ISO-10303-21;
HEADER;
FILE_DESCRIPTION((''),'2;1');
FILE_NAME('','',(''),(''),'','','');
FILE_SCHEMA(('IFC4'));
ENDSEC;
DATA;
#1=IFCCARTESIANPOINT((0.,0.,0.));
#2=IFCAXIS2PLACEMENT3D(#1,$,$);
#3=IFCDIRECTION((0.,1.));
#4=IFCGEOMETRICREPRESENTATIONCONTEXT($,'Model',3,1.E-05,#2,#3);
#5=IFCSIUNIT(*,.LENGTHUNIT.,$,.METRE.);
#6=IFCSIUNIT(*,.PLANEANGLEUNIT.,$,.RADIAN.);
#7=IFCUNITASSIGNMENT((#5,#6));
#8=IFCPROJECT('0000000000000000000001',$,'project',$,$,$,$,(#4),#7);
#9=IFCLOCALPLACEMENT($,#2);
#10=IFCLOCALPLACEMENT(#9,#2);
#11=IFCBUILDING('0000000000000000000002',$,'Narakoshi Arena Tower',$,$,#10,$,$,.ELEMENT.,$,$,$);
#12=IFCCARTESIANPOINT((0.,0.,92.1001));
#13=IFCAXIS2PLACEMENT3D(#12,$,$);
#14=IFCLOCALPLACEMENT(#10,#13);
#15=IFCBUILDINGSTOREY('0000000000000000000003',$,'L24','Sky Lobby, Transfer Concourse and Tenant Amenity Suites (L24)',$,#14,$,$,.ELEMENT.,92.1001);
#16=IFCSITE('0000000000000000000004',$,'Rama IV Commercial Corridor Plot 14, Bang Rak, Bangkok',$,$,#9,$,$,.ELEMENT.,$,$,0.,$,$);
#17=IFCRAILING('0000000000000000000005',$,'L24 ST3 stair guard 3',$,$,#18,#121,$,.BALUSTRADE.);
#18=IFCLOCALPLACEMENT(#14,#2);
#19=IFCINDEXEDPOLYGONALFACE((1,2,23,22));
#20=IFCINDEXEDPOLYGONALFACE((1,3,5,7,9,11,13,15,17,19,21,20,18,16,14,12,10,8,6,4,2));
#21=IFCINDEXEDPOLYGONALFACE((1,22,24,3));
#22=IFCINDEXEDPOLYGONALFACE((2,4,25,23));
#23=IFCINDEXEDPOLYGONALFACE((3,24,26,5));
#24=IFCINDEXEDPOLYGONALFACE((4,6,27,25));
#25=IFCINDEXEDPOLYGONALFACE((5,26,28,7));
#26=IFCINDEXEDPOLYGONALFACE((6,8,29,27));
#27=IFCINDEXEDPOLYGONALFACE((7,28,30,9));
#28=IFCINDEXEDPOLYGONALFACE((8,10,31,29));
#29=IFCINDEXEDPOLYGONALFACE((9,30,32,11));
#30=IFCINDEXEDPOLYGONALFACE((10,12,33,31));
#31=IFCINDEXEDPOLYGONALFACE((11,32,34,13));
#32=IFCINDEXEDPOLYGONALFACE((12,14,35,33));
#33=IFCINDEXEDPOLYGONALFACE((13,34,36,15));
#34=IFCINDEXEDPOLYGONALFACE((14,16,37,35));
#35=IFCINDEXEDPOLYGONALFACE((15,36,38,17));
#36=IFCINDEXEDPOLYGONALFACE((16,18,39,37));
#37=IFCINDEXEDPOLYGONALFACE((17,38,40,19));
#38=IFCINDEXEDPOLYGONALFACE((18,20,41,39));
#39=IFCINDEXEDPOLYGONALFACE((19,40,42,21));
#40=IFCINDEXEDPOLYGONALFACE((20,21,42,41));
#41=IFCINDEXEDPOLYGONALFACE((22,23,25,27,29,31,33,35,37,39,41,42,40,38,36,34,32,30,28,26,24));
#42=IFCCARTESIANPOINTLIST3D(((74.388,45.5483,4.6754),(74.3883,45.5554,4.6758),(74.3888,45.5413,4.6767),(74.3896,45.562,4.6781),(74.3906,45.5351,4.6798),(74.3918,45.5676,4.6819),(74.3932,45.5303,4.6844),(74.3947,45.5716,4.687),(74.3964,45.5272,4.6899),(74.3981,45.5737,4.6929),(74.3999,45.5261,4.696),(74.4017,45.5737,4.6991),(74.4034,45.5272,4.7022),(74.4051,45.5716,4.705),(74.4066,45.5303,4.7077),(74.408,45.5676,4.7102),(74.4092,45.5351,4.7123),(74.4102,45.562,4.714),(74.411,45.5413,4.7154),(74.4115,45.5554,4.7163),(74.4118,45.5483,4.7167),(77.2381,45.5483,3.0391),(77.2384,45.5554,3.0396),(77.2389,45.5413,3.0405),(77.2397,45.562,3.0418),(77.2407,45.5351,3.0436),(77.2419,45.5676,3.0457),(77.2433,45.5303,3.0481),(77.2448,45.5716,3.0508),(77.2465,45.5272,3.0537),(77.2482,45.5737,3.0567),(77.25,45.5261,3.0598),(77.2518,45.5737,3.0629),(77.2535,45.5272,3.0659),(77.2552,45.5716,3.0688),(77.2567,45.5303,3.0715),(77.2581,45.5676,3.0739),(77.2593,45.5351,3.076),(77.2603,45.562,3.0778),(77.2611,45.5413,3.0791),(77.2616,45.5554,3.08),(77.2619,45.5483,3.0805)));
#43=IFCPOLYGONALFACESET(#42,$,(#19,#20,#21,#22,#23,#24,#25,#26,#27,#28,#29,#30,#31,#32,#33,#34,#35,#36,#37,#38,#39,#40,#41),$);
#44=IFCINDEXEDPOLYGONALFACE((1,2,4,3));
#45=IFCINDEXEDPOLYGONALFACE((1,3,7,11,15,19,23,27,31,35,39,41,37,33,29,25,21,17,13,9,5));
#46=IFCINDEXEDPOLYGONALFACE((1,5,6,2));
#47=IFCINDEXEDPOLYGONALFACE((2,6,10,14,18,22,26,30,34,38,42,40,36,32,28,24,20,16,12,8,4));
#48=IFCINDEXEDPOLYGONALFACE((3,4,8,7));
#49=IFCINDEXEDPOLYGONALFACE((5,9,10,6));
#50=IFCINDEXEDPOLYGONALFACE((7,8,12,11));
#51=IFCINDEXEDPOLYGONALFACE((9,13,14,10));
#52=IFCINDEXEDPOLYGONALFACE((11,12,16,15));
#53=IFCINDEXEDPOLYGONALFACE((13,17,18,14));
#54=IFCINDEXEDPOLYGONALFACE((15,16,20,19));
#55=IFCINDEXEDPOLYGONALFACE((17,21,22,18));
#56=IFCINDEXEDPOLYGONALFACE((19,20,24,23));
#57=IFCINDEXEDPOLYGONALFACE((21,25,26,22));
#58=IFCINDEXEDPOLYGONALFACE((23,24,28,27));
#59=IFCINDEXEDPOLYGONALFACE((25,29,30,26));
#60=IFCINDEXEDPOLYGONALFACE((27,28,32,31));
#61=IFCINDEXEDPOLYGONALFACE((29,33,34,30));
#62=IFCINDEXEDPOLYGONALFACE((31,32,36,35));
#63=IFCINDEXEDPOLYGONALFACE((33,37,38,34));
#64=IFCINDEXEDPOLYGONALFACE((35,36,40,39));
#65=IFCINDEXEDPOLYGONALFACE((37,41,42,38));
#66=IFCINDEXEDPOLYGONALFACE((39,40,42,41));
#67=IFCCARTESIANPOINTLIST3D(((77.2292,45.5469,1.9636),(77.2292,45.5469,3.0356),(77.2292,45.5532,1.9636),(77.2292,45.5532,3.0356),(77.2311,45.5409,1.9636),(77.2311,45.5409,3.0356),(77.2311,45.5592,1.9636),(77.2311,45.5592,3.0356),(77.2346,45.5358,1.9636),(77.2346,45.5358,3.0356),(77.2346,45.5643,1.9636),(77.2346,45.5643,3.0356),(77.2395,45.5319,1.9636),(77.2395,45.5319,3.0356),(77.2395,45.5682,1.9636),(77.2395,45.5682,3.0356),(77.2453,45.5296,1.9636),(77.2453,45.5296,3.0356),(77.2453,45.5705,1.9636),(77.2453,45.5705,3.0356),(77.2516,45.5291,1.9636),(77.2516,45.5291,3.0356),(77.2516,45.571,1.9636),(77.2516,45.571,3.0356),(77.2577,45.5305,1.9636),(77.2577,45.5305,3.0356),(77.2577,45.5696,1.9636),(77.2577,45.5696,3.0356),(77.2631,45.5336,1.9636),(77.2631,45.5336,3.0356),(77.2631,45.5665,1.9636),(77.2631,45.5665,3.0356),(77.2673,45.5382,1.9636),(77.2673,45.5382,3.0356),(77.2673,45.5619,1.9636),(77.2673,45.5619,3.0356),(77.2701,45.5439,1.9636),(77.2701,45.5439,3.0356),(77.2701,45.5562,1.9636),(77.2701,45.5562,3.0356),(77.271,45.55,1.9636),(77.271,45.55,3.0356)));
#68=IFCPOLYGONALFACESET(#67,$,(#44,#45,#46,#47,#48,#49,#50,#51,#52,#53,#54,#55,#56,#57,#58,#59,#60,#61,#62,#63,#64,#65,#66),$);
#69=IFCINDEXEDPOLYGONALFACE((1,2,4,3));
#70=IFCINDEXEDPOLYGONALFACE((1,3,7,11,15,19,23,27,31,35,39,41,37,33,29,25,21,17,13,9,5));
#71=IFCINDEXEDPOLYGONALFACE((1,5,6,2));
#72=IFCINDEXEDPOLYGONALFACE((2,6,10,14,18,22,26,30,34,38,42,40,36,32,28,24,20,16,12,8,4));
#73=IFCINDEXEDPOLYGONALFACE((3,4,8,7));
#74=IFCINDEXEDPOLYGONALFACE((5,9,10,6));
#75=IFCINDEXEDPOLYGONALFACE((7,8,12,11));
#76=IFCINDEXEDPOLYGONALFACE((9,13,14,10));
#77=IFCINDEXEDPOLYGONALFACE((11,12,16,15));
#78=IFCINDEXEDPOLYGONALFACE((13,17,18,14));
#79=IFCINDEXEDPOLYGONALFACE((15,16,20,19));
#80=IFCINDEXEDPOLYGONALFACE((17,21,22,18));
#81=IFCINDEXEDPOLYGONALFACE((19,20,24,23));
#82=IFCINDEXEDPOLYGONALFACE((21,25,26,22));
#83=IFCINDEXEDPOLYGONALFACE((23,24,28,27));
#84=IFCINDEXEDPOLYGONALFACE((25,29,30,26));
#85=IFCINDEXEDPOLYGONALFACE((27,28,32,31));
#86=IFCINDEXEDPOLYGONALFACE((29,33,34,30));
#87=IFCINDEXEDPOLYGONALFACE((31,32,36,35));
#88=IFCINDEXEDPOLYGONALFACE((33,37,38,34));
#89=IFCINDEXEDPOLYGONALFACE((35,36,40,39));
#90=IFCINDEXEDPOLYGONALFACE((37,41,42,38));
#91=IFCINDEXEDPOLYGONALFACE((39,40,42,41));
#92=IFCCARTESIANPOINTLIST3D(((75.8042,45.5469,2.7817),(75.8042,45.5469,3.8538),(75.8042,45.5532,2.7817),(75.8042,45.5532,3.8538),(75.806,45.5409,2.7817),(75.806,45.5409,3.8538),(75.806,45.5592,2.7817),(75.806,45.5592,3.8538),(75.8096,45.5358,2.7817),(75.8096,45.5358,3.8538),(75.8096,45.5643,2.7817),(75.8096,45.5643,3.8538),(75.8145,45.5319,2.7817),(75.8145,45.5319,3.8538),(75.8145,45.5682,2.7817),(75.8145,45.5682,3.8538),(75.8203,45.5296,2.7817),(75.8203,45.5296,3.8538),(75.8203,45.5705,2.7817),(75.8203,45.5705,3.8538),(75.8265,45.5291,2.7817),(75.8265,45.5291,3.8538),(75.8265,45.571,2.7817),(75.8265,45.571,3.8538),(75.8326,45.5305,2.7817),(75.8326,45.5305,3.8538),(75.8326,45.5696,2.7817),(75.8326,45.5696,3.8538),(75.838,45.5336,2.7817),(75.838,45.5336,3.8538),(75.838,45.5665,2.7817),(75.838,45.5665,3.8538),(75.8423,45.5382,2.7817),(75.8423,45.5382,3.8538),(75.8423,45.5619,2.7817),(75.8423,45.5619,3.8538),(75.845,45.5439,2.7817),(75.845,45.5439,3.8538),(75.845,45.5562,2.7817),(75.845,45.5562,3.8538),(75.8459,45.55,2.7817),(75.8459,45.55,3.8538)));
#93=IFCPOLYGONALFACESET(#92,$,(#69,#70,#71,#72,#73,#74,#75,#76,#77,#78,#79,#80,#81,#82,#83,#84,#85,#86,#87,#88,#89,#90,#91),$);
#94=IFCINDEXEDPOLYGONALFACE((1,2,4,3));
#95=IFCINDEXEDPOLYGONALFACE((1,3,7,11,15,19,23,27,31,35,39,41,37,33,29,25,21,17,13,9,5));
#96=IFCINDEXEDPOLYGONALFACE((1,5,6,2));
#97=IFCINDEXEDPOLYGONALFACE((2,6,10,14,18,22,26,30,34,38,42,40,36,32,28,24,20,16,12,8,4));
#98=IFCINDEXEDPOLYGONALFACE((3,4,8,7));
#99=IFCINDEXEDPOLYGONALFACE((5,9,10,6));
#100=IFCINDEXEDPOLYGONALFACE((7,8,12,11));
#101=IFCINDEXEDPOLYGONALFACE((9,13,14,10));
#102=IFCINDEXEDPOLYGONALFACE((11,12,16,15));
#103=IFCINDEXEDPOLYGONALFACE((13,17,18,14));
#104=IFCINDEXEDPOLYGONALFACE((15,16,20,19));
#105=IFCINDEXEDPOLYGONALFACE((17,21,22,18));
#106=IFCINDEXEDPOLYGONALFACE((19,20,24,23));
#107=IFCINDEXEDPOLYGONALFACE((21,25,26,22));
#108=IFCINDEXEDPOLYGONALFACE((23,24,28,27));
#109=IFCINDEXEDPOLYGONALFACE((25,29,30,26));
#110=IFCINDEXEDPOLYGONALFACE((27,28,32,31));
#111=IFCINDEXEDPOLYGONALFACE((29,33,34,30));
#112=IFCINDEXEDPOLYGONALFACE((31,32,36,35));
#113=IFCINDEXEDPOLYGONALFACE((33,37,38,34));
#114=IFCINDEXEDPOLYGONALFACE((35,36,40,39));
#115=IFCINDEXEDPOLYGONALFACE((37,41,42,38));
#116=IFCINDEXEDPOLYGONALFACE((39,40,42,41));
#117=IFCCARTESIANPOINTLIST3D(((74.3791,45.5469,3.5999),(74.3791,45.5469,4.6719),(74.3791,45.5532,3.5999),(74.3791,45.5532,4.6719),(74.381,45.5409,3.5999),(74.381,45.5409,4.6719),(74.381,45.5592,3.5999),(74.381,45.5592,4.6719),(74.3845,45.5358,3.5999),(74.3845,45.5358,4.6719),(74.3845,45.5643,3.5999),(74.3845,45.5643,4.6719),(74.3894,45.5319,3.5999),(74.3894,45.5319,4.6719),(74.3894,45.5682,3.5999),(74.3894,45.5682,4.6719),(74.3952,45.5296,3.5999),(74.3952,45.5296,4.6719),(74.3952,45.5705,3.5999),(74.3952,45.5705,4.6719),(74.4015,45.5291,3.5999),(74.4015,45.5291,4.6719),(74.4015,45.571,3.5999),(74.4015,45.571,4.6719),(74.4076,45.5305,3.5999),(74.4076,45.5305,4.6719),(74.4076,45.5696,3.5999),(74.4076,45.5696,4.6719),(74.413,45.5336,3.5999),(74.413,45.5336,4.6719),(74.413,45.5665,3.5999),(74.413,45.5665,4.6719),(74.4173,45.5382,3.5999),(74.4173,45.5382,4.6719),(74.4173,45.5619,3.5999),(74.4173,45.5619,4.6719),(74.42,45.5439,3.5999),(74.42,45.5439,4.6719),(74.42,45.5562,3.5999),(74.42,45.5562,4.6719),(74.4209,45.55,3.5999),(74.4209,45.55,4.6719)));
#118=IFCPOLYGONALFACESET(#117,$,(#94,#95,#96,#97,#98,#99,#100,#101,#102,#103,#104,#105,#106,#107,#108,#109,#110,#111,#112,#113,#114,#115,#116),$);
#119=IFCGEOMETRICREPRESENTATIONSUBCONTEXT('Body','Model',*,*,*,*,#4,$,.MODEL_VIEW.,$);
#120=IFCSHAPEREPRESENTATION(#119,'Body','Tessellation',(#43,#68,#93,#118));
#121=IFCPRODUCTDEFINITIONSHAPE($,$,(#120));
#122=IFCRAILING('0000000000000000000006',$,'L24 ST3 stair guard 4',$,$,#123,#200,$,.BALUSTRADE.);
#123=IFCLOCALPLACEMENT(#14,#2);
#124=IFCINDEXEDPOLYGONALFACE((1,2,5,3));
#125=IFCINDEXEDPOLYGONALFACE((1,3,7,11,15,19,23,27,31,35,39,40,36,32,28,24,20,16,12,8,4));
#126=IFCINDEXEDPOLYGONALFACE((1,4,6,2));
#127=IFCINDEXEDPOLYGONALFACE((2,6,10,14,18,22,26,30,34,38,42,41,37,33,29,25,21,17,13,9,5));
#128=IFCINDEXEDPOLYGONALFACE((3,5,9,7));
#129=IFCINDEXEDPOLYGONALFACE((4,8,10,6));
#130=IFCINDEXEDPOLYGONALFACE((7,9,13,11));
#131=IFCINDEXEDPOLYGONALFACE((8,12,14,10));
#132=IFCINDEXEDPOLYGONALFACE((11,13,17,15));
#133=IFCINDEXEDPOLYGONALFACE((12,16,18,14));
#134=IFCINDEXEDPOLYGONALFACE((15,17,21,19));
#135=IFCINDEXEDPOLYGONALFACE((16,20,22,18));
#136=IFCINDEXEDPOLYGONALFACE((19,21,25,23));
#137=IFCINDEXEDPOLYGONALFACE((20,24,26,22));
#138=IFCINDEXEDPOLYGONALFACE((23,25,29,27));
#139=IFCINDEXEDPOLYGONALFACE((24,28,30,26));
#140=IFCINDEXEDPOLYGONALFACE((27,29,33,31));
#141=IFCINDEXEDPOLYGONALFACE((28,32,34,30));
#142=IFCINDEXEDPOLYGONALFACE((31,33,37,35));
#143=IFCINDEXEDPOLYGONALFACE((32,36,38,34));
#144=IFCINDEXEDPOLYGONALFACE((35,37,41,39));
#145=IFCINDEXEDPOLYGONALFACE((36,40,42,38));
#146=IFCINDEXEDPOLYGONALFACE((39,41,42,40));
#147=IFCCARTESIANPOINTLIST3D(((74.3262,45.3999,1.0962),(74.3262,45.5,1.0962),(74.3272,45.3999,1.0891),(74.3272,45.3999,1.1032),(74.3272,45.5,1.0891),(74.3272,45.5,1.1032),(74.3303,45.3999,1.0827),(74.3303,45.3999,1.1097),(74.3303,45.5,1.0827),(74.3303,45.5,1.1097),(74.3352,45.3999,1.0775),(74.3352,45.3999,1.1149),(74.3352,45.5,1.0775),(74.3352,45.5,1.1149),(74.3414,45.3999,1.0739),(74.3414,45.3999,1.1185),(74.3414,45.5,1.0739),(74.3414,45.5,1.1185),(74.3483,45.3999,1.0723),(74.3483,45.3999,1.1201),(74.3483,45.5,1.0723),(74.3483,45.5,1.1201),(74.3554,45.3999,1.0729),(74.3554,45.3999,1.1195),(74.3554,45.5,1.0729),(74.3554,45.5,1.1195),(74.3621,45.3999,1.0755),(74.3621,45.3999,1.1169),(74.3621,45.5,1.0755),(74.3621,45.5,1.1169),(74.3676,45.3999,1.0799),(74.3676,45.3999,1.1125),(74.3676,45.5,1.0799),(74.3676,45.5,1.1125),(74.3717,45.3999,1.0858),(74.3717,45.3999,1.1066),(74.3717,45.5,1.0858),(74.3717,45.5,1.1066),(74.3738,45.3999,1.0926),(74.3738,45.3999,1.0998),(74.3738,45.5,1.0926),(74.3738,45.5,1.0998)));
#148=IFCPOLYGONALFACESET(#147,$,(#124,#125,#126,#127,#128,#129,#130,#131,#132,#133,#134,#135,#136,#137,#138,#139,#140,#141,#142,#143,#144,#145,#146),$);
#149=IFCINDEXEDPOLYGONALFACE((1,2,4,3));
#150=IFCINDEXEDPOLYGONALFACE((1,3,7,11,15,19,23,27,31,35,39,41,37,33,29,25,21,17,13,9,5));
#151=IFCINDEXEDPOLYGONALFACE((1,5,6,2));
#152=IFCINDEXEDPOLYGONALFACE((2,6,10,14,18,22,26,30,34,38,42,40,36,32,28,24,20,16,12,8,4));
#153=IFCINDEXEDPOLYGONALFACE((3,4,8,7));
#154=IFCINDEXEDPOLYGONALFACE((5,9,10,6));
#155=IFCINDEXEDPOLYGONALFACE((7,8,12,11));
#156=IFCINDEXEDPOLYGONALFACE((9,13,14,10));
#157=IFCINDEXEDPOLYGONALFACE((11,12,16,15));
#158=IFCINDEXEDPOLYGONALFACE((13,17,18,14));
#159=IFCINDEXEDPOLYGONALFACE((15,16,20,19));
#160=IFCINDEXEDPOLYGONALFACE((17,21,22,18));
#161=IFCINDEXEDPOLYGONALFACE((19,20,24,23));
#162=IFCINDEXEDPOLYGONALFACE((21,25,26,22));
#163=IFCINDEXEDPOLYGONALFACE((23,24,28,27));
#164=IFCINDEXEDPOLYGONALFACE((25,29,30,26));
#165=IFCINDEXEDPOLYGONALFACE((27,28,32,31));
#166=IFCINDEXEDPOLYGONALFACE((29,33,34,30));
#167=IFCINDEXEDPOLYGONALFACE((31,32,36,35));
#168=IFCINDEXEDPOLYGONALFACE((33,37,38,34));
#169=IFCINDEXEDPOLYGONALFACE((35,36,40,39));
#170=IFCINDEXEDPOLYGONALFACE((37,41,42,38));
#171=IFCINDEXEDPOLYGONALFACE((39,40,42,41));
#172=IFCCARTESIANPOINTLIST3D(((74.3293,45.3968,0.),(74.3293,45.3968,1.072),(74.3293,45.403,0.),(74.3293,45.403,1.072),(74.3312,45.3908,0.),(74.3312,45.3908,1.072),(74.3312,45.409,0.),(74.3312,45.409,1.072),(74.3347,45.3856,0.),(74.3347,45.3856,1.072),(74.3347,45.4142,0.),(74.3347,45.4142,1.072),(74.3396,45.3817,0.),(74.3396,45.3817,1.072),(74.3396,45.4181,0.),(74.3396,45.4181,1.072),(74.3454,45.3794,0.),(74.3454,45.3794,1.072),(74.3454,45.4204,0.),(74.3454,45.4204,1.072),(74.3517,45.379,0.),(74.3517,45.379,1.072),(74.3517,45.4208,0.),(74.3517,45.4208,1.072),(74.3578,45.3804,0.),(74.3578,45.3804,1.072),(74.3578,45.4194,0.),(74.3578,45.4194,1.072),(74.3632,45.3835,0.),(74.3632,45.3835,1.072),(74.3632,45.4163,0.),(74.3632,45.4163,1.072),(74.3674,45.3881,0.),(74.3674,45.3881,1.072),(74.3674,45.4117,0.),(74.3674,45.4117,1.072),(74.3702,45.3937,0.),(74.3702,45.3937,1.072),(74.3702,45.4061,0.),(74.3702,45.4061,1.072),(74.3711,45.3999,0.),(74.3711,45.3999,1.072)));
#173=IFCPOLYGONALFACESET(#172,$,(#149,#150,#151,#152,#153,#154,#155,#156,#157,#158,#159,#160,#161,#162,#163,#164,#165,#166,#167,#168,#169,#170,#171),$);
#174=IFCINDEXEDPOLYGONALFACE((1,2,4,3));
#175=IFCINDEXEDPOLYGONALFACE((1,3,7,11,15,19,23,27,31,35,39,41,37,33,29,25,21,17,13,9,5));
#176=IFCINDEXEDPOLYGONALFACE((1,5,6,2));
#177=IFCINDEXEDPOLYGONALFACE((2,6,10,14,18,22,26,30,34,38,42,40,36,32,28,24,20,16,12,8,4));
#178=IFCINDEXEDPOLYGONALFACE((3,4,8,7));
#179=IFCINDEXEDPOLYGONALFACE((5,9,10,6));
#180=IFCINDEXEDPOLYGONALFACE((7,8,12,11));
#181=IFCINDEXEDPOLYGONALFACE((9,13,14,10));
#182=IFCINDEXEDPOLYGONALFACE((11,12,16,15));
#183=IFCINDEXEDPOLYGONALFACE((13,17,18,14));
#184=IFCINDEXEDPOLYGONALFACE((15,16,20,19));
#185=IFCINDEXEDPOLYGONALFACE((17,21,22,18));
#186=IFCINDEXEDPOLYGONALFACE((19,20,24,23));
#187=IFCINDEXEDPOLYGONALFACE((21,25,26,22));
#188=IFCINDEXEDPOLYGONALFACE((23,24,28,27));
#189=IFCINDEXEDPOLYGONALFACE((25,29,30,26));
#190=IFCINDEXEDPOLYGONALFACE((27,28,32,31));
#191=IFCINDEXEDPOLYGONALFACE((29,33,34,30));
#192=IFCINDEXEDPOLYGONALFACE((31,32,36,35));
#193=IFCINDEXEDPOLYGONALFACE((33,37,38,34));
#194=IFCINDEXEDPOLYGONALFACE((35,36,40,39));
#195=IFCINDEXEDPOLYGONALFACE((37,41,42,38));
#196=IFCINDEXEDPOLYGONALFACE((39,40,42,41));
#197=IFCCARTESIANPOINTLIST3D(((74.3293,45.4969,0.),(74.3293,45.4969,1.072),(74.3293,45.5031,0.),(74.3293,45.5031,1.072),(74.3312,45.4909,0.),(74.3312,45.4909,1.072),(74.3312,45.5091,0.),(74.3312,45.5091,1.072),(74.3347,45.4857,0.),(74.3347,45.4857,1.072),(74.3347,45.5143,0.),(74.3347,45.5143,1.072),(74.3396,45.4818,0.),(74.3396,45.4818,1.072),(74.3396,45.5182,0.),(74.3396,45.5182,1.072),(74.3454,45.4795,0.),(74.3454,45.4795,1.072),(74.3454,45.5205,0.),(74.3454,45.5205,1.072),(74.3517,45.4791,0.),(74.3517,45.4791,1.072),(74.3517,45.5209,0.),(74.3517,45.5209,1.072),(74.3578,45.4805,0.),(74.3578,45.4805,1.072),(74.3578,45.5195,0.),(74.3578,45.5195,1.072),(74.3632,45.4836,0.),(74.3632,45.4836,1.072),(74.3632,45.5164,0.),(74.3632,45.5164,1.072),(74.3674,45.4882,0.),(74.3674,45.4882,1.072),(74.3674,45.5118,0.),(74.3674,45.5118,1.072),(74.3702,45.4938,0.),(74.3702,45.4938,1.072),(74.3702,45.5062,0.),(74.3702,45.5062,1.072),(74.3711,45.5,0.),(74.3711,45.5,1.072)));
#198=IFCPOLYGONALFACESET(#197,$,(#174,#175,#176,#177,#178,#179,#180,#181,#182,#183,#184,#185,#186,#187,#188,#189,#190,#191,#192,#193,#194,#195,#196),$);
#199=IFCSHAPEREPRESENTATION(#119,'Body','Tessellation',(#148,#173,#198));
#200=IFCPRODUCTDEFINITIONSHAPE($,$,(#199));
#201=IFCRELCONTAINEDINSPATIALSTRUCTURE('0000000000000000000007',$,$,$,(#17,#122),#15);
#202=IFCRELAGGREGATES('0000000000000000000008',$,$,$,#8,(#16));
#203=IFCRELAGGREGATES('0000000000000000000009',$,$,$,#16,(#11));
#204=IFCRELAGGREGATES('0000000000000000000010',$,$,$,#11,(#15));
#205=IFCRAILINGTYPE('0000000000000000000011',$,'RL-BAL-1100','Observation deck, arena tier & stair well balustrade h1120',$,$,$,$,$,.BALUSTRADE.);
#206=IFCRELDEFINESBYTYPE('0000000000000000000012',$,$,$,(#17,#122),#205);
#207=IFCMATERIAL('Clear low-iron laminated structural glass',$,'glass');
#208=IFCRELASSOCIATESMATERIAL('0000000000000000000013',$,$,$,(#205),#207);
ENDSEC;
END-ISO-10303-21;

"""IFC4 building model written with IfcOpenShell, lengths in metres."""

from ifc_helpers import new_model, si_unit, direction, frame, origin, origin_2d, place, context, subcontext, project, spatial, circle, extrude, material, type_object, element, save


model = new_model("IFC4")

# Units and contexts
model_context = context("Model", 3, precision=1e-05, world=origin(), true_north=direction((0.0, 1.0)))
body_context = subcontext(model_context, "Body", "Model", "MODEL_VIEW")
ifc_project = project(units=[si_unit("LENGTHUNIT", "METRE"), si_unit("PLANEANGLEUNIT", "RADIAN")], contexts=[model_context])

# Site, building, storey
site_placement = place(None, origin())
site = spatial("IfcSite", under=ifc_project, at=site_placement, Name="Rama IV Commercial Corridor Plot 14, Bang Rak, Bangkok", CompositionType="ELEMENT", RefElevation=0.0)
building_placement = place(site_placement, origin())
building = spatial("IfcBuilding", under=site, at=building_placement, Name="Narakoshi Arena Tower", CompositionType="ELEMENT")
storey_placement = place(building_placement, frame((0.0, 0.0, 92.1001)))
storey = spatial("IfcBuildingStorey", under=building, at=storey_placement, Name="L24", Description="Sky Lobby, Transfer Concourse and Tenant Amenity Suites (L24)", CompositionType="ELEMENT", Elevation=92.1001)

# Railings
ifc_material_1 = material(Name="Clear low-iron laminated structural glass", Category="glass")
railing_type_1 = type_object("IfcRailingType", Name="RL-BAL-1100", Description="Observation deck, arena tier & stair well balustrade h1120", PredefinedType="BALUSTRADE", material=ifc_material_1)
railing_1_placement = place(storey_placement, frame((77.25, 45.55, 1.9636)))
element("IfcRailing", 1, at=railing_1_placement, inside=storey, type_object=railing_type_1, Name="L24 ST3 stair guard 3", PredefinedType="BALUSTRADE", context=body_context, shape_type="SweptSolid", body=[
    extrude(circle(Radius=0.0239, at=origin_2d()), frame((0.0, 0.0, 1.0962), z_axis=(-0.867245, 0.0, 0.497882), x_axis=(0.0, -1.0, 0.0)), (0.0, 0.0, 1.0), 3.2864),
    extrude(circle(Radius=0.021, at=origin_2d()), origin(), (0.0, 0.0, 1.0), 1.072),
    extrude(circle(Radius=0.021, at=origin_2d()), frame((-1.425, 0.0, 0.8181)), (0.0, 0.0, 1.0), 1.072),
    extrude(circle(Radius=0.021, at=origin_2d()), frame((-2.8501, 0.0, 1.6362)), (0.0, 0.0, 1.0), 1.072),
])
railing_2_placement = place(storey_placement, frame((74.3501, 45.3999, 0.0)))
element("IfcRailing", 2, at=railing_2_placement, inside=storey, type_object=railing_type_1, Name="L24 ST3 stair guard 4", PredefinedType="BALUSTRADE", context=body_context, shape_type="SweptSolid", body=[
    extrude(circle(Radius=0.0239, at=origin_2d()), frame((0.0, 0.0, 1.0962), z_axis=(0.0, 1.0, 0.0), x_axis=(-1.0, 0.0, 0.0)), (0.0, 0.0, 1.0), 0.1001),
    extrude(circle(Radius=0.021, at=origin_2d()), origin(), (0.0, 0.0, 1.0), 1.072),
    extrude(circle(Radius=0.021, at=origin_2d()), frame((0.0, 0.1001, 0.0)), (0.0, 0.0, 1.0), 1.072),
])

save(model, "model.ifc")
